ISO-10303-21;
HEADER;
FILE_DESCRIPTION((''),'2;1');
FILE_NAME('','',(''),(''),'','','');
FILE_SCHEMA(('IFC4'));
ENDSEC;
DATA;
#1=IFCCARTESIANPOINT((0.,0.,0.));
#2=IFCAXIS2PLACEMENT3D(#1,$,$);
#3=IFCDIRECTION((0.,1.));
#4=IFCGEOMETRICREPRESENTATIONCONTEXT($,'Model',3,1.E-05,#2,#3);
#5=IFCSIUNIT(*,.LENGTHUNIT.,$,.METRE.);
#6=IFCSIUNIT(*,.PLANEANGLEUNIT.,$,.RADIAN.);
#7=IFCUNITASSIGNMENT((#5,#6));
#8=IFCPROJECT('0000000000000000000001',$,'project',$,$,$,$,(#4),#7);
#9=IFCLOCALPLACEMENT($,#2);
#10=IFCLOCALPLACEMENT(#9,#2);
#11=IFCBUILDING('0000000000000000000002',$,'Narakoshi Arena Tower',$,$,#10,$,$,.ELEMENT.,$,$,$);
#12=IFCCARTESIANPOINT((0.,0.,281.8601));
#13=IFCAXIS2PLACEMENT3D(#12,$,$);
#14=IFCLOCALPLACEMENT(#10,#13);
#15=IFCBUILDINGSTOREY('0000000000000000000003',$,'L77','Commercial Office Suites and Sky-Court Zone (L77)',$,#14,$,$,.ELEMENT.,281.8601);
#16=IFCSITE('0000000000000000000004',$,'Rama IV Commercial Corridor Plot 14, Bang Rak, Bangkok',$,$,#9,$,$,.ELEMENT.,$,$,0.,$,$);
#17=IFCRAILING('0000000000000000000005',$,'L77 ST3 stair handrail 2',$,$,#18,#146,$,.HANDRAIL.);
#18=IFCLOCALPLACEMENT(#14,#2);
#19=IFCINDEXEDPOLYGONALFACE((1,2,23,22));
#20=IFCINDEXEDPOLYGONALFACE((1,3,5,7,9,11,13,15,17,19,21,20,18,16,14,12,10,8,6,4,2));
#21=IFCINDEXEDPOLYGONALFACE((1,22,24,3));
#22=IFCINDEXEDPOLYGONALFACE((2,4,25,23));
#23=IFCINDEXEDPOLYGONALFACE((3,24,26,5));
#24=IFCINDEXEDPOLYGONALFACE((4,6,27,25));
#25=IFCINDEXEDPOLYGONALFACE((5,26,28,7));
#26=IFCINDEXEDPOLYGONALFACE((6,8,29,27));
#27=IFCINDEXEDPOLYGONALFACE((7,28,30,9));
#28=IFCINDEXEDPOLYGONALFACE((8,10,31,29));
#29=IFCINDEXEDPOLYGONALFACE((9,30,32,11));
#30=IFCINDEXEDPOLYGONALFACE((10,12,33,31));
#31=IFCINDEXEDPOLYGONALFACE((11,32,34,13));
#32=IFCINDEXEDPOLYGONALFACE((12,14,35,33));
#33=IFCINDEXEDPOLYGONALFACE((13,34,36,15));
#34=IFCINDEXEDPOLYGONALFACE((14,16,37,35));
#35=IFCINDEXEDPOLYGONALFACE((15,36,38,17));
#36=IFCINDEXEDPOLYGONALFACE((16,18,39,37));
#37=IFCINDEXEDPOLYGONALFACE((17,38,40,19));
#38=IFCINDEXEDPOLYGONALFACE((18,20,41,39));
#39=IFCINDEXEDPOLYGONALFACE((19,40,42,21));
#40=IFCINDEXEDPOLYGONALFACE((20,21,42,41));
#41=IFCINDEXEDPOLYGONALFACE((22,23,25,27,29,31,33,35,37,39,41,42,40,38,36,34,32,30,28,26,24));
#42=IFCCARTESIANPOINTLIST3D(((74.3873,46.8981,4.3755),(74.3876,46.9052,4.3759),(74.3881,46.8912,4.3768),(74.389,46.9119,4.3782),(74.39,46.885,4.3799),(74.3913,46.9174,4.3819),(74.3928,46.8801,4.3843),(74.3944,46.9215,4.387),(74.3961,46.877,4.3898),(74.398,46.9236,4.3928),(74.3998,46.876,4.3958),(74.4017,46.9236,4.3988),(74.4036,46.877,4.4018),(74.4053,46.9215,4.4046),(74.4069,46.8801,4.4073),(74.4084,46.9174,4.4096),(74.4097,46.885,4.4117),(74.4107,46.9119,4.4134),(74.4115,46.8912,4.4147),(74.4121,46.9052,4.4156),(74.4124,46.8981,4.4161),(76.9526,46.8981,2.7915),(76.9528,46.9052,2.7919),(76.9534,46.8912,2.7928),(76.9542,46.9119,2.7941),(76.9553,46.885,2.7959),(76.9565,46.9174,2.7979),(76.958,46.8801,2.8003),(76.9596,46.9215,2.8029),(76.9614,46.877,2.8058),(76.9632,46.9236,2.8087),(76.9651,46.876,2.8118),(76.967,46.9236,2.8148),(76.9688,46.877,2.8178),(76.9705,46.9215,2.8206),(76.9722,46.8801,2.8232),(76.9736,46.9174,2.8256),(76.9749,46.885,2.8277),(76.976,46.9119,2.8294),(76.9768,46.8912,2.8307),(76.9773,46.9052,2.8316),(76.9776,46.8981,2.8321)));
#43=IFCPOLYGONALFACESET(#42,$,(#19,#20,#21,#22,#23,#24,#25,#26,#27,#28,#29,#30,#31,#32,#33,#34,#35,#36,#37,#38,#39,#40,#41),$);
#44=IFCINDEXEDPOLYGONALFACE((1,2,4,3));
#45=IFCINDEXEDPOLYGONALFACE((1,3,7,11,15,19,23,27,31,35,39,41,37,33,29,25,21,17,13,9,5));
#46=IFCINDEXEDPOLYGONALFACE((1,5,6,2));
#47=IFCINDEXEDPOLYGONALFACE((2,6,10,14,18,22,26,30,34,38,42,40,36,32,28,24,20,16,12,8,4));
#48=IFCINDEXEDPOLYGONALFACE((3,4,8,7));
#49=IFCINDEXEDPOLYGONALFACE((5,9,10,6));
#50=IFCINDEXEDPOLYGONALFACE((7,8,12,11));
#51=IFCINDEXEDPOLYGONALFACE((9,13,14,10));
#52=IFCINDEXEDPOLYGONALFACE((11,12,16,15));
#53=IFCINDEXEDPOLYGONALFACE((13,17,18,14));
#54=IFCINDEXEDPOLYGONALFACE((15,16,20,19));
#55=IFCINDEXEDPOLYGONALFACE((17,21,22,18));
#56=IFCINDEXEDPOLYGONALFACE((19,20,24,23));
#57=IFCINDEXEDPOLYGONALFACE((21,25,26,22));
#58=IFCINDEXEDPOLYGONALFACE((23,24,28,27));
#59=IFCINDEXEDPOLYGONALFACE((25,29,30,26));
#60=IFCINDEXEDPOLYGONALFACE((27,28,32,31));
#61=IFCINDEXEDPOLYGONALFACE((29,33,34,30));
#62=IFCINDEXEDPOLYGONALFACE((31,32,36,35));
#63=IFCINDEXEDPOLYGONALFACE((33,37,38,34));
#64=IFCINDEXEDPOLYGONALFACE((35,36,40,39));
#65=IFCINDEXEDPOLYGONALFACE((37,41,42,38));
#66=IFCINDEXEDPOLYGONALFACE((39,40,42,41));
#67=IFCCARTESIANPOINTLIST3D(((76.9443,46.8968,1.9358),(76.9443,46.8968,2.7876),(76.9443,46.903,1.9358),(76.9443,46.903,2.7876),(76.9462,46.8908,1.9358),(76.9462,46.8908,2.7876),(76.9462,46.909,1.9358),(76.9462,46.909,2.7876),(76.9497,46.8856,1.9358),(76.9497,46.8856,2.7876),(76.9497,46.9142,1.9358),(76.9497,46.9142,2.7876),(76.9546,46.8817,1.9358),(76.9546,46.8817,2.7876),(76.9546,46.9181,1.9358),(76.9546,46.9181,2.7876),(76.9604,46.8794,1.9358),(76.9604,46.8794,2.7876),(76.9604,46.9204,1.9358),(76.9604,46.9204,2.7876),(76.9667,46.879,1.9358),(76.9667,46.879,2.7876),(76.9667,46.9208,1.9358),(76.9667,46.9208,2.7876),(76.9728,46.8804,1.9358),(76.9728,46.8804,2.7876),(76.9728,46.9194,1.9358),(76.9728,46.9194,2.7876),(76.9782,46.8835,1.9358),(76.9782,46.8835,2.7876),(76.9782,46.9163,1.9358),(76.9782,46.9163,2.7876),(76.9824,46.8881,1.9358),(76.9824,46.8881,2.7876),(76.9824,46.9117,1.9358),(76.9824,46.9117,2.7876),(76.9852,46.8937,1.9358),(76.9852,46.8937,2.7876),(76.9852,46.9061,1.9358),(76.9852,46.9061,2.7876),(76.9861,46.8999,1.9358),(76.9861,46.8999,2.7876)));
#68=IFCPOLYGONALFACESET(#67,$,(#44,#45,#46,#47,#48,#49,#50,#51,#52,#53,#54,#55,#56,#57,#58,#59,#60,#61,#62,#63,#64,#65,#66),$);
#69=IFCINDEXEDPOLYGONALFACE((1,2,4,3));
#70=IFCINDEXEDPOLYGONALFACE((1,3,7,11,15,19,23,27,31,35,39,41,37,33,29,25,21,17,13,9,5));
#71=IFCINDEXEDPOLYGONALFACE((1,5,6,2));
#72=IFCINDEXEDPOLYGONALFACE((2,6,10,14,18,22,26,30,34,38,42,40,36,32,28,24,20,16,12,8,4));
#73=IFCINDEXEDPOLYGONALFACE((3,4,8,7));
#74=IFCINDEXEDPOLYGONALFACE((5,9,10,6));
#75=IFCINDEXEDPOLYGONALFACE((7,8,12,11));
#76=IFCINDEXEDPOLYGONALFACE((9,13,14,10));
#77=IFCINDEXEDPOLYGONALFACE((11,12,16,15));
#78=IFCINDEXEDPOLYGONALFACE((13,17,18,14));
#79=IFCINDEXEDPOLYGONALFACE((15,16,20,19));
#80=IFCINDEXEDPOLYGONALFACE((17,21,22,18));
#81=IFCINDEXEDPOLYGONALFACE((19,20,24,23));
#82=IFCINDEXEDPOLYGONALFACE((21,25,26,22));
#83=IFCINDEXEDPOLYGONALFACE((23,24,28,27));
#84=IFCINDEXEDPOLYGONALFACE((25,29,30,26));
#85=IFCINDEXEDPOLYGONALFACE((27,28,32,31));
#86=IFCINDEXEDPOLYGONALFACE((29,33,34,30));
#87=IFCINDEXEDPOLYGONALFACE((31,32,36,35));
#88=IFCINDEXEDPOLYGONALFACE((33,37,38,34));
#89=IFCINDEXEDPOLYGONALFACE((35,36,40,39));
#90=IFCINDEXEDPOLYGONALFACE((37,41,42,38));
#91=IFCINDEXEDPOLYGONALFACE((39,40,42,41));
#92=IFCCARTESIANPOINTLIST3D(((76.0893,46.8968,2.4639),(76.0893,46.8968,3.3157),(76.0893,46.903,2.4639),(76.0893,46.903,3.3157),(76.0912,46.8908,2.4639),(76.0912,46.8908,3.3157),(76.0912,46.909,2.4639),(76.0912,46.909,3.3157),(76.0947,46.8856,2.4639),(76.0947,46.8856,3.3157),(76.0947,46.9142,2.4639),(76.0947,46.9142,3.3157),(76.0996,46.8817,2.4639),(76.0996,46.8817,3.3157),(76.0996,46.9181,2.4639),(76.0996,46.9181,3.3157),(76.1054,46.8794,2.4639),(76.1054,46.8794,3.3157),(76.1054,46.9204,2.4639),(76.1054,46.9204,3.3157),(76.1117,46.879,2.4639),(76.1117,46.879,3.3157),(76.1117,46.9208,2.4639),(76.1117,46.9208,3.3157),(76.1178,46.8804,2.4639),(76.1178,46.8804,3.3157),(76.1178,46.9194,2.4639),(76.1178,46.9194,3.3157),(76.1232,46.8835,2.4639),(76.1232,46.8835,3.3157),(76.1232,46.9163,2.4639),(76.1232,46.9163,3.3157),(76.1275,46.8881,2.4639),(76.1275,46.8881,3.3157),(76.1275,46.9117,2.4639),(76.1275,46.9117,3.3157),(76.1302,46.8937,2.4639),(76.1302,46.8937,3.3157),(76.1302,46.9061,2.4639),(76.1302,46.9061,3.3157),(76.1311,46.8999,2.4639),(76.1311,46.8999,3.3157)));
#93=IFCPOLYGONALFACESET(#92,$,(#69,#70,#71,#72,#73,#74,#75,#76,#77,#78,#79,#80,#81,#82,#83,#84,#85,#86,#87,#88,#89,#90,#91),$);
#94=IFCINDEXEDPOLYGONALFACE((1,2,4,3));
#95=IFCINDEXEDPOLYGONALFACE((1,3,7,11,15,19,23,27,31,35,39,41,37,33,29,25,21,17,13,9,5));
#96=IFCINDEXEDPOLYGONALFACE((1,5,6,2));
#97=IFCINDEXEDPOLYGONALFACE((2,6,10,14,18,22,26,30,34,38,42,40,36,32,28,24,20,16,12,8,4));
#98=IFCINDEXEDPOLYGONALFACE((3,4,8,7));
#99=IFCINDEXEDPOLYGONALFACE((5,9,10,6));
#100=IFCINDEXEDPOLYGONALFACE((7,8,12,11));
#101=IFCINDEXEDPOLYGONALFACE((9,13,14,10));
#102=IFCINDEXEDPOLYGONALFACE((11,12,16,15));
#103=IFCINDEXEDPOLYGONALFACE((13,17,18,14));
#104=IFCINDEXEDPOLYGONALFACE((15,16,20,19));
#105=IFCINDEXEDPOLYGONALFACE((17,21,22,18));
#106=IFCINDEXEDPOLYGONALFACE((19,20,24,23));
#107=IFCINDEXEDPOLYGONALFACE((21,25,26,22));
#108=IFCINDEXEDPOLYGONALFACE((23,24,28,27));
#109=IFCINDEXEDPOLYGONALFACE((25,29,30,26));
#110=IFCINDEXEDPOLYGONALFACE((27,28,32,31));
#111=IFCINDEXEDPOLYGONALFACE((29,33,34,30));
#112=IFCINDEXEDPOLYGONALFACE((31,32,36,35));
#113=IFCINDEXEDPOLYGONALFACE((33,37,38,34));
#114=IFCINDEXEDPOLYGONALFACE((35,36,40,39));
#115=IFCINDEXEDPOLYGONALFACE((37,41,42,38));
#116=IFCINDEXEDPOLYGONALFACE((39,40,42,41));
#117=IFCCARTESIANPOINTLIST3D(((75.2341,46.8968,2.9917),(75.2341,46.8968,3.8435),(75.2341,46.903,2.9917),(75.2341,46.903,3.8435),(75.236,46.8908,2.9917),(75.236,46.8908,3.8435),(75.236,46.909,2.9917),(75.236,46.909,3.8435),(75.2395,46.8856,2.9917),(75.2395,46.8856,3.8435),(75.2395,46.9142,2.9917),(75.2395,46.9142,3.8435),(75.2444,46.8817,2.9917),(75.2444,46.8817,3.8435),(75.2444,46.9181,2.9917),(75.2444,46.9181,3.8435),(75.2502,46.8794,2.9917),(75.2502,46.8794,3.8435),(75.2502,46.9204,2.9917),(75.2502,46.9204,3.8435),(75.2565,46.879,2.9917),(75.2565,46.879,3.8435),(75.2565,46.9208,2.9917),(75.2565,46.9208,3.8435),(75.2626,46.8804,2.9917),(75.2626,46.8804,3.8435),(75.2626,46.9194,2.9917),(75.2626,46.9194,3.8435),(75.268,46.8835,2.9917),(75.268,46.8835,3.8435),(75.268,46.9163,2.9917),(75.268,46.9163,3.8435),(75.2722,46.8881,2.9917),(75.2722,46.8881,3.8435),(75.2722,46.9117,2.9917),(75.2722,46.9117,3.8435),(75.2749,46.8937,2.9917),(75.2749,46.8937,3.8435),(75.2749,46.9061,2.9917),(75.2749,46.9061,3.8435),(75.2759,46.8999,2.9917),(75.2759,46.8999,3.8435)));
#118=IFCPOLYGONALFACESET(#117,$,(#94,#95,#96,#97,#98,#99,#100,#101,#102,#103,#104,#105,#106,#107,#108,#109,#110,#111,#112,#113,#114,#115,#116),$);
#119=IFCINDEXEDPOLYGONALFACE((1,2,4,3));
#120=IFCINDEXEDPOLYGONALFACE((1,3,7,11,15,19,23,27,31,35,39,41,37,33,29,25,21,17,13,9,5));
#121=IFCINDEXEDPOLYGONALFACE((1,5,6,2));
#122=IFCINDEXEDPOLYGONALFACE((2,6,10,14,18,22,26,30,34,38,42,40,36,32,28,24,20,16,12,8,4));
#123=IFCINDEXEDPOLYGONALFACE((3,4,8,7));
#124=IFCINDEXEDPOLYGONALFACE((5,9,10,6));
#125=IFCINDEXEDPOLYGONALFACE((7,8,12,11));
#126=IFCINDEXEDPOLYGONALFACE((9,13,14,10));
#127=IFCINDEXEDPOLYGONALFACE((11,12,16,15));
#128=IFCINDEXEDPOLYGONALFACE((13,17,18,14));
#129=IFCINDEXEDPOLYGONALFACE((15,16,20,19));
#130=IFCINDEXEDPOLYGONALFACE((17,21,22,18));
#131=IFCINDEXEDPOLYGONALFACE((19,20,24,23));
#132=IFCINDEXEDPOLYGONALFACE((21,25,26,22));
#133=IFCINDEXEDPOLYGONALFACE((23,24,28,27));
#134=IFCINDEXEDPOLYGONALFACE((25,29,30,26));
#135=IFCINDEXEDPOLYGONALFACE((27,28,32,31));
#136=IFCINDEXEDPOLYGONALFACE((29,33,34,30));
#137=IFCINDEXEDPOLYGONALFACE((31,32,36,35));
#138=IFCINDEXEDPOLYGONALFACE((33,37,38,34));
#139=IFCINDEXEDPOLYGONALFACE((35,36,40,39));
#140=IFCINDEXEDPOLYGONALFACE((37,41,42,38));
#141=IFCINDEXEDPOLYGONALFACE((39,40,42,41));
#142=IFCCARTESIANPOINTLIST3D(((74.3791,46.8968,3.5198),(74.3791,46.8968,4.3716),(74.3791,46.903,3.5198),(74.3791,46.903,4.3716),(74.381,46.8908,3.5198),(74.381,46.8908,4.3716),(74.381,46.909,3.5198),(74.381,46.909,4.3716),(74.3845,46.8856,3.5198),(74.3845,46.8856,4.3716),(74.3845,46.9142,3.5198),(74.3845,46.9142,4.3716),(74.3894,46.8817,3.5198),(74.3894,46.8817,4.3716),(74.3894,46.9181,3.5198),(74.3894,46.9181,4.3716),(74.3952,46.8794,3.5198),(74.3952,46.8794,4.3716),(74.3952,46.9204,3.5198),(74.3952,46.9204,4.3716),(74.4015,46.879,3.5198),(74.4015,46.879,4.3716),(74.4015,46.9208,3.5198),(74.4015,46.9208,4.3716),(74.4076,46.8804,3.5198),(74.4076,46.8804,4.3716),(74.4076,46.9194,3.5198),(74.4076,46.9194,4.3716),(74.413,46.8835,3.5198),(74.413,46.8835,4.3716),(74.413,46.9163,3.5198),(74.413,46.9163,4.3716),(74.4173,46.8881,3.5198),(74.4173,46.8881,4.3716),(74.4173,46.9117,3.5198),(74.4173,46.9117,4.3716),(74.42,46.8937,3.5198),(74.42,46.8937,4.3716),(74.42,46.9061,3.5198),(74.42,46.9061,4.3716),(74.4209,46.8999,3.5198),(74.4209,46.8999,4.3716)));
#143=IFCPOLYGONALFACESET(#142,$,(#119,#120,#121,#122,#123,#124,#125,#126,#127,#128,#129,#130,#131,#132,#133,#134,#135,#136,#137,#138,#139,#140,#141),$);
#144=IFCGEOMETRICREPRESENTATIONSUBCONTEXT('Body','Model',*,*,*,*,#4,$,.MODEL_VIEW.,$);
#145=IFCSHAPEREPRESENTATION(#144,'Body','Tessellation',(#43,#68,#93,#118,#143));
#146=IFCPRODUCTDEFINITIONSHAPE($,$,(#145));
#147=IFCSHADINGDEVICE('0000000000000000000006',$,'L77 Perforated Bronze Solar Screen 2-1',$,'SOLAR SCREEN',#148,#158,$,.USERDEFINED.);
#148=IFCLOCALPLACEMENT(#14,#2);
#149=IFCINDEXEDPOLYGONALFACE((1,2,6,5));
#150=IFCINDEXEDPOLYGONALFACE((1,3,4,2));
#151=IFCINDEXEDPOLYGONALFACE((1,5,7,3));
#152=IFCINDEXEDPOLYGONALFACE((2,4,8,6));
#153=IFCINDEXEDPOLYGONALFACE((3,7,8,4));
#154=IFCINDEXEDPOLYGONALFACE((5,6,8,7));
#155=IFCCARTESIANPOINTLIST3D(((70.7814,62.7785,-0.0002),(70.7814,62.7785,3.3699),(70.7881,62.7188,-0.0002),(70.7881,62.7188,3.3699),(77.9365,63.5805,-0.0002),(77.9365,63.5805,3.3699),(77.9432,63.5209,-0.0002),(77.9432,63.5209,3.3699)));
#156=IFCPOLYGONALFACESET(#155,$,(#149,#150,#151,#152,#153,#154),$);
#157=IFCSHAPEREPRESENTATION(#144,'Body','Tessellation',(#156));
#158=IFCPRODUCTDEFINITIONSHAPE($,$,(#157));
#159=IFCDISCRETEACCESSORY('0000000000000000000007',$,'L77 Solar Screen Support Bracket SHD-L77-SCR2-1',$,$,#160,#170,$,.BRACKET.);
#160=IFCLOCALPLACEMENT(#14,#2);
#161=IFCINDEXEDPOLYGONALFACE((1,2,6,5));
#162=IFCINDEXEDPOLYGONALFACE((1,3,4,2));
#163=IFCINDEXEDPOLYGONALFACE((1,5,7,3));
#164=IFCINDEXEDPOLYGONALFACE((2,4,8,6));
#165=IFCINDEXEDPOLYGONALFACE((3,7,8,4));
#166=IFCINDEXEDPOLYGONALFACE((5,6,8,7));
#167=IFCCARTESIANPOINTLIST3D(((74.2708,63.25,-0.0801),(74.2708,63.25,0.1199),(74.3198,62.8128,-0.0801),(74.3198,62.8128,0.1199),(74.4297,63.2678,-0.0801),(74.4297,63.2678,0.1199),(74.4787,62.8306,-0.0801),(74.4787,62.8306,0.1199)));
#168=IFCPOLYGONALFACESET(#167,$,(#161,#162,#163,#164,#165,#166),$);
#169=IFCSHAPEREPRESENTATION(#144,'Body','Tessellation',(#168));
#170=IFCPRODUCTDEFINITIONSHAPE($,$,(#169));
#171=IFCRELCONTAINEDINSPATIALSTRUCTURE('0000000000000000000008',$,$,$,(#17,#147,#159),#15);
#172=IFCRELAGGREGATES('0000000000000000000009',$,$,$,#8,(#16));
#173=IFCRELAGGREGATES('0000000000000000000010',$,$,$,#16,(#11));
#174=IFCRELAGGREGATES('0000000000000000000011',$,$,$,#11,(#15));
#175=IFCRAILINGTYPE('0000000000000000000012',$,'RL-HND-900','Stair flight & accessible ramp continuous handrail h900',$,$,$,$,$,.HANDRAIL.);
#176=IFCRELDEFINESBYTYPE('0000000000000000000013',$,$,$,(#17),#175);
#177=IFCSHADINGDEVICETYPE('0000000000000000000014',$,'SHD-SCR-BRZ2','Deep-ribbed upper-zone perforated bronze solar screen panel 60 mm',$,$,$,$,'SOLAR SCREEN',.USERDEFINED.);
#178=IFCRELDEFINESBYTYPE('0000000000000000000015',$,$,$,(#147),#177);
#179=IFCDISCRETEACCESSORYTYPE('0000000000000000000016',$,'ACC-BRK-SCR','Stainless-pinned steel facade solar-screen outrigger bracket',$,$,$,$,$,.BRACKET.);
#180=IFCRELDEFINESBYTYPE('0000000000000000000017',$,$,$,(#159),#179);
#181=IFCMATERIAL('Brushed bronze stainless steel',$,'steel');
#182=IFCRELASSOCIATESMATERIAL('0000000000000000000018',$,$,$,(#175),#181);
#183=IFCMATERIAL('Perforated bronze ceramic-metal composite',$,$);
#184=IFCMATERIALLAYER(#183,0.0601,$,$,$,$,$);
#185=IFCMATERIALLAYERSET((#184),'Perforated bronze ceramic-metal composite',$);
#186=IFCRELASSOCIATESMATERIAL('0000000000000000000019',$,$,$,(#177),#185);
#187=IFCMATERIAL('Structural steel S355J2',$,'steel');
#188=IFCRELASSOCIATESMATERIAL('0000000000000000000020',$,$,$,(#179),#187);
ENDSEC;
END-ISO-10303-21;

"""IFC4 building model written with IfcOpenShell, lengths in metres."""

from ifc_helpers import new_model, si_unit, direction, frame, origin, origin_2d, place, context, subcontext, project, spatial, rectangle, circle, extrude, material, layer, layer_set, type_object, element, save


model = new_model("IFC4")

# Units and contexts
model_context = context("Model", 3, precision=1e-05, world=origin(), true_north=direction((0.0, 1.0)))
body_context = subcontext(model_context, "Body", "Model", "MODEL_VIEW")
ifc_project = project(units=[si_unit("LENGTHUNIT", "METRE"), si_unit("PLANEANGLEUNIT", "RADIAN")], contexts=[model_context])

# Site, building, storey
site_placement = place(None, origin())
site = spatial("IfcSite", under=ifc_project, at=site_placement, Name="Rama IV Commercial Corridor Plot 14, Bang Rak, Bangkok", CompositionType="ELEMENT", RefElevation=0.0)
building_placement = place(site_placement, origin())
building = spatial("IfcBuilding", under=site, at=building_placement, Name="Narakoshi Arena Tower", CompositionType="ELEMENT")
storey_placement = place(building_placement, frame((0.0, 0.0, 281.8601)))
storey = spatial("IfcBuildingStorey", under=building, at=storey_placement, Name="L77", Description="Commercial Office Suites and Sky-Court Zone (L77)", CompositionType="ELEMENT", Elevation=281.8601)

# Shared definitions
ifc_material_1 = material(Name="Structural steel S355J2", Category="steel")

# Shared definitions
ifc_material_2 = material(Name="Brushed bronze stainless steel", Category="steel")

# Railing
railing_type = type_object("IfcRailingType", Name="RL-HND-900", Description="Stair flight & accessible ramp continuous handrail h900", PredefinedType="HANDRAIL", material=ifc_material_2)
railing_placement = place(storey_placement, frame((76.9651, 46.8999, 1.9358)))
element("IfcRailing", 1, at=railing_placement, inside=storey, type_object=railing_type, Name="L77 ST3 stair handrail 2", PredefinedType="HANDRAIL", context=body_context, shape_type="SweptSolid", body=[
    extrude(circle(Radius=0.0239, at=origin_2d()), frame((0.0, 0.0, 0.876), z_axis=(-0.850857, 0.0, 0.525398), x_axis=(0.0, -1.0, 0.0)), (0.0, 0.0, 1.0), 3.0149),
    extrude(circle(Radius=0.021, at=origin_2d()), origin(), (0.0, 0.0, 1.0), 0.8518),
    extrude(circle(Radius=0.021, at=origin_2d()), frame((-0.855, 0.0, 0.5281)), (0.0, 0.0, 1.0), 0.8518),
    extrude(circle(Radius=0.021, at=origin_2d()), frame((-1.7102, 0.0, 1.0559)), (0.0, 0.0, 1.0), 0.8518),
    extrude(circle(Radius=0.021, at=origin_2d()), frame((-2.5652, 0.0, 1.584)), (0.0, 0.0, 1.0), 0.8518),
])

# Shading device
ifc_material_3 = material(Name="Perforated bronze ceramic-metal composite")
ifc_layer_1 = layer(ifc_material_3, 0.0601)
ifc_layer_set_1 = layer_set([ifc_layer_1], Name="Perforated bronze ceramic-metal composite")
shading_device_type = type_object("IfcShadingDeviceType", Name="SHD-SCR-BRZ2", Description="Deep-ribbed upper-zone perforated bronze solar screen panel 60 mm", ElementType="SOLAR SCREEN", PredefinedType="USERDEFINED", material=ifc_layer_set_1)
shading_device_placement = place(storey_placement, frame((74.3623, 63.1497, -0.0002), z_axis=(0.0, 0.0, 1.0), x_axis=(-0.993776, -0.1114, 0.0)))
element("IfcShadingDevice", 2, at=shading_device_placement, inside=storey, type_object=shading_device_type, Name="L77 Perforated Bronze Solar Screen 2-1", ObjectType="SOLAR SCREEN", PredefinedType="USERDEFINED", context=body_context, shape_type="SweptSolid", body=[
    extrude(rectangle(XDim=7.2, YDim=0.0601, at=origin_2d()), origin(), (0.0, 0.0, 1.0), 3.3701),
])

# Discrete accessory
discrete_accessory_type = type_object("IfcDiscreteAccessoryType", Name="ACC-BRK-SCR", Description="Stainless-pinned steel facade solar-screen outrigger bracket", PredefinedType="BRACKET", material=ifc_material_1)
discrete_accessory_placement = place(storey_placement, frame((74.3748, 63.0403, -0.0801), z_axis=(0.0, 0.0, 1.0), x_axis=(-0.993776, -0.1114, 0.0)))
element("IfcDiscreteAccessory", 3, at=discrete_accessory_placement, inside=storey, type_object=discrete_accessory_type, Name="L77 Solar Screen Support Bracket SHD-L77-SCR2-1", PredefinedType="BRACKET", context=body_context, shape_type="SweptSolid", body=[
    extrude(rectangle(XDim=0.1599, YDim=0.4399, at=origin_2d()), origin(), (0.0, 0.0, 1.0), 0.2),
])

save(model, "model.ifc")
